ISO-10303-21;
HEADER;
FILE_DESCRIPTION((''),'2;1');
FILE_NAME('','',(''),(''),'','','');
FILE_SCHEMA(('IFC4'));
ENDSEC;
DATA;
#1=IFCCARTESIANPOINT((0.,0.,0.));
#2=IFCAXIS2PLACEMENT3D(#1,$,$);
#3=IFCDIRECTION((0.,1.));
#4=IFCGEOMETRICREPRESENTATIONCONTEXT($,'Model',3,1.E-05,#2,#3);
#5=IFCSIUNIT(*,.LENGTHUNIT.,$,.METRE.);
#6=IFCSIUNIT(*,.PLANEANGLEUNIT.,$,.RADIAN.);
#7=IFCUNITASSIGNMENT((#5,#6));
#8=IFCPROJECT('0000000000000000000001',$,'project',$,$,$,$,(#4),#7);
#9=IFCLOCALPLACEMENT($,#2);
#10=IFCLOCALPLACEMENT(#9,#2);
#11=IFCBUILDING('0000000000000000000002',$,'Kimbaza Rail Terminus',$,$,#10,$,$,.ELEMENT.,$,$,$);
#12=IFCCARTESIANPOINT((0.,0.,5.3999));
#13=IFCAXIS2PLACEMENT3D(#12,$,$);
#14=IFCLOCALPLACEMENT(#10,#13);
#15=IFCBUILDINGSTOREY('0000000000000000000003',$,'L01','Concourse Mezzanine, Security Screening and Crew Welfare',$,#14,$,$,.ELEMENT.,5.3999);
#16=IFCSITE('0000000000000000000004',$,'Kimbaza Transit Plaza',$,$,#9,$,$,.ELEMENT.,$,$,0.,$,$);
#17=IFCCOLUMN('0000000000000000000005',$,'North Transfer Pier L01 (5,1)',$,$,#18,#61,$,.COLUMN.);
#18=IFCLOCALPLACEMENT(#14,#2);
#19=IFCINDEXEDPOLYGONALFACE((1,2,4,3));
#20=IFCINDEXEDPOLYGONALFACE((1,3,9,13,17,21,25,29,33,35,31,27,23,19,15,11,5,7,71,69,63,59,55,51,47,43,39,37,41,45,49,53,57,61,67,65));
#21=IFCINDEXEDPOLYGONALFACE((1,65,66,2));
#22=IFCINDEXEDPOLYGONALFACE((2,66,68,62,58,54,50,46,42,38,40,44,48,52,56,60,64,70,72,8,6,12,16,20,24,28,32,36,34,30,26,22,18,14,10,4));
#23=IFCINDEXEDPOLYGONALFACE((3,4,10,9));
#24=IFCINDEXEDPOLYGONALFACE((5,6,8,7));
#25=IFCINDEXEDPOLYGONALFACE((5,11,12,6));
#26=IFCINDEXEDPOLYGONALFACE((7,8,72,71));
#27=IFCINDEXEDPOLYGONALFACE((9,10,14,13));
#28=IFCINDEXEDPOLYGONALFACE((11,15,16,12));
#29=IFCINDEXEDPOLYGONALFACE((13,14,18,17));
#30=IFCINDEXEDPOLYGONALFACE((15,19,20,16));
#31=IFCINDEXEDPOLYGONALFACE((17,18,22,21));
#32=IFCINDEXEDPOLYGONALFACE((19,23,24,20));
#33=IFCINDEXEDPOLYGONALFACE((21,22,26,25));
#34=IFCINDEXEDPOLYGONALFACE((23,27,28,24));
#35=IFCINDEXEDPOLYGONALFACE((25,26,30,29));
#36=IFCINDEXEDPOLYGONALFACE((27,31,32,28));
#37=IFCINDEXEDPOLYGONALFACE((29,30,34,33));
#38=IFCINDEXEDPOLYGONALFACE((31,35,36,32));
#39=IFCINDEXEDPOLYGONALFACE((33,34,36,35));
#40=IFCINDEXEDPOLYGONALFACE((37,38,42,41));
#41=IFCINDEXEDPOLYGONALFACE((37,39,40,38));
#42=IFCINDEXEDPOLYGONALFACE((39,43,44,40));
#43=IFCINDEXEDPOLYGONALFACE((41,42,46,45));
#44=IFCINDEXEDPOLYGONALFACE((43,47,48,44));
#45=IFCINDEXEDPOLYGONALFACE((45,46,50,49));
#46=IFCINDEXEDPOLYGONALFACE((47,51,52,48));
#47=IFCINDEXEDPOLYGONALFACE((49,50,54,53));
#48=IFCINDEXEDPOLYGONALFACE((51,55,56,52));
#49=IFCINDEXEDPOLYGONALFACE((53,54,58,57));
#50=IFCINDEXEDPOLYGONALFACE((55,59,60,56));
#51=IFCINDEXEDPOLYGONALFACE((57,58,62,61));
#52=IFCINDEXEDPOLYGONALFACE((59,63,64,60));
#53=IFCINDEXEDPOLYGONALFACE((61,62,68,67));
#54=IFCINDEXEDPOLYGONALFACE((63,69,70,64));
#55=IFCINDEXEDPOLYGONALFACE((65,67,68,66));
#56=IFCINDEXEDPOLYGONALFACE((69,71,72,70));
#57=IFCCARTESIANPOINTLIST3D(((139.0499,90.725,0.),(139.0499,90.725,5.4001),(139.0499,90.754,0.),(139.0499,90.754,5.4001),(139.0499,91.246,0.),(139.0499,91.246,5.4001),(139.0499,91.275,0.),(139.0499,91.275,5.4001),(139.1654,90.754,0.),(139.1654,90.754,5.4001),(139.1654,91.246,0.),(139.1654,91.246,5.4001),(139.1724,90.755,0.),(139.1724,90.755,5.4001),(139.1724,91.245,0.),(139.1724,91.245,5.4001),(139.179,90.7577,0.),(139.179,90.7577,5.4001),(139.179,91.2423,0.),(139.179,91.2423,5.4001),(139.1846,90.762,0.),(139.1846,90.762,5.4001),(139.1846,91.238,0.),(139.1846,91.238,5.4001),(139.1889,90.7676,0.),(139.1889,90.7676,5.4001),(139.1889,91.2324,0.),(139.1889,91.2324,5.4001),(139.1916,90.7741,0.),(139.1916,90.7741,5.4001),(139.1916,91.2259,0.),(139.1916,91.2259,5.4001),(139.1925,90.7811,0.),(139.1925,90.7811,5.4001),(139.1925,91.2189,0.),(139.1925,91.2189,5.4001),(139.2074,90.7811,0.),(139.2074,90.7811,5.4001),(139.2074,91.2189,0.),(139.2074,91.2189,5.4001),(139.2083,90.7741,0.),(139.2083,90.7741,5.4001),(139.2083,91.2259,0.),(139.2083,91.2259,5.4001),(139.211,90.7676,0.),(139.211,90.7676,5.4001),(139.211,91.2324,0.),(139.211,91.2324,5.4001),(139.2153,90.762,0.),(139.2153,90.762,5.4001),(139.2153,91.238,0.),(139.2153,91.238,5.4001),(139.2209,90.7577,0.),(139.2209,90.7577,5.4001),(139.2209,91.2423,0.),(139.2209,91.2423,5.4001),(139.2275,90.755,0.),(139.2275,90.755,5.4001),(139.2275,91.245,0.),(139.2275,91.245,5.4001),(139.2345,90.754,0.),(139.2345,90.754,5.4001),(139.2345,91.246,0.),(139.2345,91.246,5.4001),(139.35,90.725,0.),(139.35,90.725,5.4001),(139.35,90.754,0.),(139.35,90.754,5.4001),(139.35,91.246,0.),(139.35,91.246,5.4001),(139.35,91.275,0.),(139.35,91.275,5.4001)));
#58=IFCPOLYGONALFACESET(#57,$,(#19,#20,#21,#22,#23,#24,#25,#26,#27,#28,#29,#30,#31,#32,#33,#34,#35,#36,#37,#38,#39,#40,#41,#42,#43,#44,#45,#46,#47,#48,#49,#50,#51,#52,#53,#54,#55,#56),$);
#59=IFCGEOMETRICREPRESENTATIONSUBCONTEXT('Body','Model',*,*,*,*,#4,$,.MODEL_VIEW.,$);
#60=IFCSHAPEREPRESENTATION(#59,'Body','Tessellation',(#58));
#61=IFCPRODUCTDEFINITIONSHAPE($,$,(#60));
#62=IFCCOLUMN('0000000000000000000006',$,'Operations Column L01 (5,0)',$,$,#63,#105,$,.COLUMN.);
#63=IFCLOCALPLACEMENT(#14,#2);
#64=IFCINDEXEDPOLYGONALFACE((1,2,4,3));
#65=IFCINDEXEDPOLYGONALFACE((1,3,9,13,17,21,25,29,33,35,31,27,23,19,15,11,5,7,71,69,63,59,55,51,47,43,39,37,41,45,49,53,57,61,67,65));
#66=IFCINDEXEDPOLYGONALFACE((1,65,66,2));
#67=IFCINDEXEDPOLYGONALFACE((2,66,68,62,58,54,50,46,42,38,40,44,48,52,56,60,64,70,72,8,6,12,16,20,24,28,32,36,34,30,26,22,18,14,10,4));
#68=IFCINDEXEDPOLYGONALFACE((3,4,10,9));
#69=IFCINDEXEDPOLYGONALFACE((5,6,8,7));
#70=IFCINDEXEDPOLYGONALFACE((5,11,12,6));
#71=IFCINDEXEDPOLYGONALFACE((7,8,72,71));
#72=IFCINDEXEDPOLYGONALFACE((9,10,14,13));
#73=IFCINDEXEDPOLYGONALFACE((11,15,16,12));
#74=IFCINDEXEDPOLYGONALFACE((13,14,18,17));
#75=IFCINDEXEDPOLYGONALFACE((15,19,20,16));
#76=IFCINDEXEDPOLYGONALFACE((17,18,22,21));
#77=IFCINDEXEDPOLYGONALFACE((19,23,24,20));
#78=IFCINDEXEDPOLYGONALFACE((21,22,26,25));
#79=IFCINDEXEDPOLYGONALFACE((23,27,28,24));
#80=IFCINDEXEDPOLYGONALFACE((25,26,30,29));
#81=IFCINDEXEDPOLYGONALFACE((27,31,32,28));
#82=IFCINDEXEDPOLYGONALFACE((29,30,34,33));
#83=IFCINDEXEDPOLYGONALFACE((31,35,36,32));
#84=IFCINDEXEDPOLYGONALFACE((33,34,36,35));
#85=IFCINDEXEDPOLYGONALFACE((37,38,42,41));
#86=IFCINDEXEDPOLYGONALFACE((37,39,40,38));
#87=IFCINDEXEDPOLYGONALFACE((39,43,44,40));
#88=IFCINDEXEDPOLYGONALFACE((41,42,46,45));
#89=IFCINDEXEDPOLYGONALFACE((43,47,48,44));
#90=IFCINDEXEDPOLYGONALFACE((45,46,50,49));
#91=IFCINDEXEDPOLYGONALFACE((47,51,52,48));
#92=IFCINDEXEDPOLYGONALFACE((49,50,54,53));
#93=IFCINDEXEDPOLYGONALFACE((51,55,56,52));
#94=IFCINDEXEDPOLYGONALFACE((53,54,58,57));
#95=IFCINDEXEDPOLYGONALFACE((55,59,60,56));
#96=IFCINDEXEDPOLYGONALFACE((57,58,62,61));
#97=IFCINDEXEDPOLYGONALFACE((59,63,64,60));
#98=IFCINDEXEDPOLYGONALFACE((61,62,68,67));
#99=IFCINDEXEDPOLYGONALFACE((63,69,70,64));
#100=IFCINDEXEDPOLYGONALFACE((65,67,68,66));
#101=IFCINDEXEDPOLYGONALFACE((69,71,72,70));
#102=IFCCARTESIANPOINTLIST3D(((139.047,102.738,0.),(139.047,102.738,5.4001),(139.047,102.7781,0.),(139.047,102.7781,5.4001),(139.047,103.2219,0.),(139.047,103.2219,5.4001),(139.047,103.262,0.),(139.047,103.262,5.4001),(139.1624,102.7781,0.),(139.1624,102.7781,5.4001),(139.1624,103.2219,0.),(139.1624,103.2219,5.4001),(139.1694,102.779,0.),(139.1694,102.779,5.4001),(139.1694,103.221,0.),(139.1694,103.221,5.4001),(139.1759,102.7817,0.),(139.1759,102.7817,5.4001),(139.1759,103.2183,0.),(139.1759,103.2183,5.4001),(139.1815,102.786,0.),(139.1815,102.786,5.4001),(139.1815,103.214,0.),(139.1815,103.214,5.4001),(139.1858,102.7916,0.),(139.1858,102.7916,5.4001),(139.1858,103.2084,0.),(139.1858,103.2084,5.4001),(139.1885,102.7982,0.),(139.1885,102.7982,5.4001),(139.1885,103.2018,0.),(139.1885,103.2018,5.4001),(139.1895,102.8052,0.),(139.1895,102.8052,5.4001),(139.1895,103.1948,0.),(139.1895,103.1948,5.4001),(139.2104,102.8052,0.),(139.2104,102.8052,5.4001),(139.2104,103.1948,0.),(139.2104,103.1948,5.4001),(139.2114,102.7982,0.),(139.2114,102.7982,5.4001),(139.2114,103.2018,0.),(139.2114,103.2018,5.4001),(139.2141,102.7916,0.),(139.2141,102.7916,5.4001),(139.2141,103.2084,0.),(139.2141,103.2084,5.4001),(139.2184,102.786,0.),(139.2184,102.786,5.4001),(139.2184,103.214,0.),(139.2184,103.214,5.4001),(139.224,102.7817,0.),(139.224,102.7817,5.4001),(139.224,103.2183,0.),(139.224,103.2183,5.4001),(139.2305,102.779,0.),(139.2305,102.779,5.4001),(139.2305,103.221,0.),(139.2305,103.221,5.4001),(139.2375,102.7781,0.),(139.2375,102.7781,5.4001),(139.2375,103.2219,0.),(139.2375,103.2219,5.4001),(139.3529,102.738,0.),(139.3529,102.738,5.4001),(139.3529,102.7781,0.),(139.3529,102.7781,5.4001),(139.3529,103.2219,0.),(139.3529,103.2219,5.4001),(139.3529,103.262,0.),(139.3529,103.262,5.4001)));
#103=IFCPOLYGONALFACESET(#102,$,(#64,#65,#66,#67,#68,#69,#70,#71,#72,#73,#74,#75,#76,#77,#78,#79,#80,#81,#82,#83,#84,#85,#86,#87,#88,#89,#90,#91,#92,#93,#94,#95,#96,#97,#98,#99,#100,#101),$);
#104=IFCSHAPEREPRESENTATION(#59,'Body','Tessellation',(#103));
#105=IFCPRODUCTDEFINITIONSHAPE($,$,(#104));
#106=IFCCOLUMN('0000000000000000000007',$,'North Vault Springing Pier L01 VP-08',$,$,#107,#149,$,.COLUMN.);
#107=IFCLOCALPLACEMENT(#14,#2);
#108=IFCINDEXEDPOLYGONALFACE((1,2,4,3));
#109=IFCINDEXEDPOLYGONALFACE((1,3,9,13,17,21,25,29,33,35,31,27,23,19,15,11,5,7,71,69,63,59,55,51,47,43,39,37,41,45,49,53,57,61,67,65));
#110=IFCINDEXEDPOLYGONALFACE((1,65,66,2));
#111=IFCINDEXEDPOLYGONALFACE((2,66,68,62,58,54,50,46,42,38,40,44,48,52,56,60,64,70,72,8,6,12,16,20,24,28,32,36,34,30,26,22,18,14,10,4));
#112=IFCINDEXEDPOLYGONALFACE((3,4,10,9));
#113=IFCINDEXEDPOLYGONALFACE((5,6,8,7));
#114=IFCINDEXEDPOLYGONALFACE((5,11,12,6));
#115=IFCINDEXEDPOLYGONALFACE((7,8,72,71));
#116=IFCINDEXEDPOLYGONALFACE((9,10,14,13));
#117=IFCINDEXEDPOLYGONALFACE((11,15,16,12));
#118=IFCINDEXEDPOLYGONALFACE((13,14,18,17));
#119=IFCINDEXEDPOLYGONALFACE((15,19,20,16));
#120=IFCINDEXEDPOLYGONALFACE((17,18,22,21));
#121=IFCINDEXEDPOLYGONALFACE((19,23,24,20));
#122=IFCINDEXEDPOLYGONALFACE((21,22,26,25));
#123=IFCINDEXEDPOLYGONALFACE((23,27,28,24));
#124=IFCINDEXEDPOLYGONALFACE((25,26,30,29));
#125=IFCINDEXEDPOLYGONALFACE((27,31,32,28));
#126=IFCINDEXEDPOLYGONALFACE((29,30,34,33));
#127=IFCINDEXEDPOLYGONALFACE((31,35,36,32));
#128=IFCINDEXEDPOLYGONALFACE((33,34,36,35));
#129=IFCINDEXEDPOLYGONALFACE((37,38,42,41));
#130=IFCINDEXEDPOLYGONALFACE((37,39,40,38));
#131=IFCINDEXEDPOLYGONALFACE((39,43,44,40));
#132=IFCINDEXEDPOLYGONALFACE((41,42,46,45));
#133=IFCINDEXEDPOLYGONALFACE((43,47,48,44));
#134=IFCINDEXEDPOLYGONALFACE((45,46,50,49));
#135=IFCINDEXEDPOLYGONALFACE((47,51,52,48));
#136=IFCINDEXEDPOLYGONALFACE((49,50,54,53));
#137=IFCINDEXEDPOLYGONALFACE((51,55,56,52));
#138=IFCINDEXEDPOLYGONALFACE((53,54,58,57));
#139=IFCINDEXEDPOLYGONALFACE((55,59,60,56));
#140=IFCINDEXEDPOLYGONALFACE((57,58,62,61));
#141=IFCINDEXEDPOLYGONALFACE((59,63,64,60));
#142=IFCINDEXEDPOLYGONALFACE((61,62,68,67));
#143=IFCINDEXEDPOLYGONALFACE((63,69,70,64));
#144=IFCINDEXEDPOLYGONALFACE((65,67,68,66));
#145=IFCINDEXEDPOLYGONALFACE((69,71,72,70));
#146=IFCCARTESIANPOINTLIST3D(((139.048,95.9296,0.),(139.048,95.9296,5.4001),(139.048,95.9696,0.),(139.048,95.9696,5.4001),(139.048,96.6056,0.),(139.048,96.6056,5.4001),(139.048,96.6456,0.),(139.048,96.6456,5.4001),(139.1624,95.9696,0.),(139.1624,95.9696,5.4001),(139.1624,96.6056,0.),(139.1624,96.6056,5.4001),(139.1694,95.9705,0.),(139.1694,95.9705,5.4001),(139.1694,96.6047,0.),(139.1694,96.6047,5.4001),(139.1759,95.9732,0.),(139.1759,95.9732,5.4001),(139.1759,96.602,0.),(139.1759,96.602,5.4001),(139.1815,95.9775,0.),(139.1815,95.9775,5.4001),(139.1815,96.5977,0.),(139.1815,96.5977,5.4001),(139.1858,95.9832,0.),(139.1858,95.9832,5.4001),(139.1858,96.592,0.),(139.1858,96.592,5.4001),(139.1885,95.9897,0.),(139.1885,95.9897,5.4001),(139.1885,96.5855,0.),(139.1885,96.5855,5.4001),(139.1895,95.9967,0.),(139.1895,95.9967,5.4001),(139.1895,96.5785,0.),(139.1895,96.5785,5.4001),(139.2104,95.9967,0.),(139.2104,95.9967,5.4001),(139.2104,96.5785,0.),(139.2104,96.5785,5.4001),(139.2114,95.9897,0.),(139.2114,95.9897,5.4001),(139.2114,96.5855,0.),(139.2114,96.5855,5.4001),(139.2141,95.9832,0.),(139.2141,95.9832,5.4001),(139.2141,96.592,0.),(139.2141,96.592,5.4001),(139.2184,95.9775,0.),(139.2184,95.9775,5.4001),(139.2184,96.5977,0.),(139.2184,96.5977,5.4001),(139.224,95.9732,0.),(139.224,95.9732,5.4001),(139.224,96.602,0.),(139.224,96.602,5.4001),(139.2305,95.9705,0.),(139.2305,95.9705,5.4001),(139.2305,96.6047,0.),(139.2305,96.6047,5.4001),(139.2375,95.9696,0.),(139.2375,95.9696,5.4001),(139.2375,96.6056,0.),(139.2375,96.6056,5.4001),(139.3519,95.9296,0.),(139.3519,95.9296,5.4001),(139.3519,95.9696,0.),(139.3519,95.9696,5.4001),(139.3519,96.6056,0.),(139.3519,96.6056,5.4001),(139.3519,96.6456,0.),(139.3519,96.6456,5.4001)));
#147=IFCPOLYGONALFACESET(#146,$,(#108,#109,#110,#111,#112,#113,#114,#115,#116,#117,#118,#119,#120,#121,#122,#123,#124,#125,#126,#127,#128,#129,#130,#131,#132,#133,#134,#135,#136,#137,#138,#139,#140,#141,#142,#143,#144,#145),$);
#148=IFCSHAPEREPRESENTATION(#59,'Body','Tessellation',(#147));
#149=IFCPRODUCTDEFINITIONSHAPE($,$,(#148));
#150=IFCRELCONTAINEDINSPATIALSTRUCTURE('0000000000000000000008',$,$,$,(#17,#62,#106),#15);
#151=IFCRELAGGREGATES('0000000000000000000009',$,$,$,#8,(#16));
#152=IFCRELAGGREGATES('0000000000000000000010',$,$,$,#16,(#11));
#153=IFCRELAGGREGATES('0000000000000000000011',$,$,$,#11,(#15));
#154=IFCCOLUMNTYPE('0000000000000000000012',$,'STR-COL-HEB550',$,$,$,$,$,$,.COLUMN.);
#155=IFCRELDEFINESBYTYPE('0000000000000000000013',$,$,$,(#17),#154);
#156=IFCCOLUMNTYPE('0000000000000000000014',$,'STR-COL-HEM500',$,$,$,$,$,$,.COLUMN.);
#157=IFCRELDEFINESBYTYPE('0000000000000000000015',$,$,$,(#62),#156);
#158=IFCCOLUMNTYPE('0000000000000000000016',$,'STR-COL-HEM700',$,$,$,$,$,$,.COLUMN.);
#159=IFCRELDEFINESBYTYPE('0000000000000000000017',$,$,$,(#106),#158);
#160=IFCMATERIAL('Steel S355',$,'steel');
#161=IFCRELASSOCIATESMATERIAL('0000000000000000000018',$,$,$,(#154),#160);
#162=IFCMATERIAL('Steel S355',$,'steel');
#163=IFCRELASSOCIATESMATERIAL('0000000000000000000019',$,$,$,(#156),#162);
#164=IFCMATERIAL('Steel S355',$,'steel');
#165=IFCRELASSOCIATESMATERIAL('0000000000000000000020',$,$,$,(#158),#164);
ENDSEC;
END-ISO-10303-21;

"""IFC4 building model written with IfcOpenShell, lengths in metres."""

from ifc_helpers import new_model, si_unit, direction, frame, origin, origin_2d, place, context, subcontext, project, spatial, i_section, extrude, material, material_profile, profile_set, type_object, element, save


model = new_model("IFC4")

# Units and contexts
model_context = context("Model", 3, precision=1e-05, world=origin(), true_north=direction((0.0, 1.0)))
body_context = subcontext(model_context, "Body", "Model", "MODEL_VIEW")
ifc_project = project(units=[si_unit("LENGTHUNIT", "METRE"), si_unit("PLANEANGLEUNIT", "RADIAN")], contexts=[model_context])

# Site, building, storey
site_placement = place(None, origin())
site = spatial("IfcSite", under=ifc_project, at=site_placement, Name="Kimbaza Transit Plaza", CompositionType="ELEMENT", RefElevation=0.0)
building_placement = place(site_placement, origin())
building = spatial("IfcBuilding", under=site, at=building_placement, Name="Kimbaza Rail Terminus", CompositionType="ELEMENT")
storey_placement = place(building_placement, frame((0.0, 0.0, 5.3999)))
storey = spatial("IfcBuildingStorey", under=building, at=storey_placement, Name="L01", Description="Concourse Mezzanine, Security Screening and Crew Welfare", CompositionType="ELEMENT", Elevation=5.3999)

# Columns
ifc_material_1 = material(Name="Steel S355", Category="steel")
ifc_material_profile_1 = material_profile(ifc_material_1, i_section(OverallWidth=0.3, OverallDepth=0.55, WebThickness=0.0149, FlangeThickness=0.0291, FilletRadius=0.0271, at=origin_2d()), Name="HEB 550")
ifc_profile_set_1 = profile_set([ifc_material_profile_1], Name="Steel S355")
column_type_1 = type_object("IfcColumnType", Name="STR-COL-HEB550", PredefinedType="COLUMN", material=ifc_profile_set_1)
column_1_placement = place(storey_placement, frame((139.2, 91.0, 0.0), z_axis=(0.0, 0.0, 1.0), x_axis=(1.0, 0.0, 0.0)))
element("IfcColumn", 1, at=column_1_placement, inside=storey, type_object=column_type_1, Name="North Transfer Pier L01 (5,1)", PredefinedType="COLUMN", context=body_context, shape_type="SweptSolid", body=[
    extrude(i_section(OverallWidth=0.3, OverallDepth=0.55, WebThickness=0.0149, FlangeThickness=0.0291, FilletRadius=0.0271, at=origin_2d()), origin(), (0.0, 0.0, 1.0), 5.4001),
])
ifc_material_2 = material(Name="Steel S355", Category="steel")
ifc_material_profile_2 = material_profile(ifc_material_2, i_section(OverallWidth=0.3059, OverallDepth=0.5239, WebThickness=0.021, FlangeThickness=0.04, FilletRadius=0.0271, at=origin_2d()), Name="HEM 500")
ifc_profile_set_2 = profile_set([ifc_material_profile_2], Name="Steel S355")
column_type_2 = type_object("IfcColumnType", Name="STR-COL-HEM500", PredefinedType="COLUMN", material=ifc_profile_set_2)
column_2_placement = place(storey_placement, frame((139.2, 103.0, 0.0), z_axis=(0.0, 0.0, 1.0), x_axis=(1.0, 0.0, 0.0)))
element("IfcColumn", 2, at=column_2_placement, inside=storey, type_object=column_type_2, Name="Operations Column L01 (5,0)", PredefinedType="COLUMN", context=body_context, shape_type="SweptSolid", body=[
    extrude(i_section(OverallWidth=0.3059, OverallDepth=0.5239, WebThickness=0.021, FlangeThickness=0.04, FilletRadius=0.0271, at=origin_2d()), origin(), (0.0, 0.0, 1.0), 5.4001),
])
ifc_material_3 = material(Name="Steel S355", Category="steel")
ifc_material_profile_3 = material_profile(ifc_material_3, i_section(OverallWidth=0.304, OverallDepth=0.7161, WebThickness=0.021, FlangeThickness=0.04, FilletRadius=0.0271, at=origin_2d()), Name="HEM 700")
ifc_profile_set_3 = profile_set([ifc_material_profile_3], Name="Steel S355")
column_type_3 = type_object("IfcColumnType", Name="STR-COL-HEM700", PredefinedType="COLUMN", material=ifc_profile_set_3)
column_3_placement = place(storey_placement, frame((139.2, 96.2876, 0.0), z_axis=(0.0, 0.0, 1.0), x_axis=(1.0, 0.0, 0.0)))
element("IfcColumn", 3, at=column_3_placement, inside=storey, type_object=column_type_3, Name="North Vault Springing Pier L01 VP-08", PredefinedType="COLUMN", context=body_context, shape_type="SweptSolid", body=[
    extrude(i_section(OverallWidth=0.304, OverallDepth=0.7161, WebThickness=0.021, FlangeThickness=0.04, FilletRadius=0.0271, at=origin_2d()), origin(), (0.0, 0.0, 1.0), 5.4001),
])

save(model, "model.ifc")
